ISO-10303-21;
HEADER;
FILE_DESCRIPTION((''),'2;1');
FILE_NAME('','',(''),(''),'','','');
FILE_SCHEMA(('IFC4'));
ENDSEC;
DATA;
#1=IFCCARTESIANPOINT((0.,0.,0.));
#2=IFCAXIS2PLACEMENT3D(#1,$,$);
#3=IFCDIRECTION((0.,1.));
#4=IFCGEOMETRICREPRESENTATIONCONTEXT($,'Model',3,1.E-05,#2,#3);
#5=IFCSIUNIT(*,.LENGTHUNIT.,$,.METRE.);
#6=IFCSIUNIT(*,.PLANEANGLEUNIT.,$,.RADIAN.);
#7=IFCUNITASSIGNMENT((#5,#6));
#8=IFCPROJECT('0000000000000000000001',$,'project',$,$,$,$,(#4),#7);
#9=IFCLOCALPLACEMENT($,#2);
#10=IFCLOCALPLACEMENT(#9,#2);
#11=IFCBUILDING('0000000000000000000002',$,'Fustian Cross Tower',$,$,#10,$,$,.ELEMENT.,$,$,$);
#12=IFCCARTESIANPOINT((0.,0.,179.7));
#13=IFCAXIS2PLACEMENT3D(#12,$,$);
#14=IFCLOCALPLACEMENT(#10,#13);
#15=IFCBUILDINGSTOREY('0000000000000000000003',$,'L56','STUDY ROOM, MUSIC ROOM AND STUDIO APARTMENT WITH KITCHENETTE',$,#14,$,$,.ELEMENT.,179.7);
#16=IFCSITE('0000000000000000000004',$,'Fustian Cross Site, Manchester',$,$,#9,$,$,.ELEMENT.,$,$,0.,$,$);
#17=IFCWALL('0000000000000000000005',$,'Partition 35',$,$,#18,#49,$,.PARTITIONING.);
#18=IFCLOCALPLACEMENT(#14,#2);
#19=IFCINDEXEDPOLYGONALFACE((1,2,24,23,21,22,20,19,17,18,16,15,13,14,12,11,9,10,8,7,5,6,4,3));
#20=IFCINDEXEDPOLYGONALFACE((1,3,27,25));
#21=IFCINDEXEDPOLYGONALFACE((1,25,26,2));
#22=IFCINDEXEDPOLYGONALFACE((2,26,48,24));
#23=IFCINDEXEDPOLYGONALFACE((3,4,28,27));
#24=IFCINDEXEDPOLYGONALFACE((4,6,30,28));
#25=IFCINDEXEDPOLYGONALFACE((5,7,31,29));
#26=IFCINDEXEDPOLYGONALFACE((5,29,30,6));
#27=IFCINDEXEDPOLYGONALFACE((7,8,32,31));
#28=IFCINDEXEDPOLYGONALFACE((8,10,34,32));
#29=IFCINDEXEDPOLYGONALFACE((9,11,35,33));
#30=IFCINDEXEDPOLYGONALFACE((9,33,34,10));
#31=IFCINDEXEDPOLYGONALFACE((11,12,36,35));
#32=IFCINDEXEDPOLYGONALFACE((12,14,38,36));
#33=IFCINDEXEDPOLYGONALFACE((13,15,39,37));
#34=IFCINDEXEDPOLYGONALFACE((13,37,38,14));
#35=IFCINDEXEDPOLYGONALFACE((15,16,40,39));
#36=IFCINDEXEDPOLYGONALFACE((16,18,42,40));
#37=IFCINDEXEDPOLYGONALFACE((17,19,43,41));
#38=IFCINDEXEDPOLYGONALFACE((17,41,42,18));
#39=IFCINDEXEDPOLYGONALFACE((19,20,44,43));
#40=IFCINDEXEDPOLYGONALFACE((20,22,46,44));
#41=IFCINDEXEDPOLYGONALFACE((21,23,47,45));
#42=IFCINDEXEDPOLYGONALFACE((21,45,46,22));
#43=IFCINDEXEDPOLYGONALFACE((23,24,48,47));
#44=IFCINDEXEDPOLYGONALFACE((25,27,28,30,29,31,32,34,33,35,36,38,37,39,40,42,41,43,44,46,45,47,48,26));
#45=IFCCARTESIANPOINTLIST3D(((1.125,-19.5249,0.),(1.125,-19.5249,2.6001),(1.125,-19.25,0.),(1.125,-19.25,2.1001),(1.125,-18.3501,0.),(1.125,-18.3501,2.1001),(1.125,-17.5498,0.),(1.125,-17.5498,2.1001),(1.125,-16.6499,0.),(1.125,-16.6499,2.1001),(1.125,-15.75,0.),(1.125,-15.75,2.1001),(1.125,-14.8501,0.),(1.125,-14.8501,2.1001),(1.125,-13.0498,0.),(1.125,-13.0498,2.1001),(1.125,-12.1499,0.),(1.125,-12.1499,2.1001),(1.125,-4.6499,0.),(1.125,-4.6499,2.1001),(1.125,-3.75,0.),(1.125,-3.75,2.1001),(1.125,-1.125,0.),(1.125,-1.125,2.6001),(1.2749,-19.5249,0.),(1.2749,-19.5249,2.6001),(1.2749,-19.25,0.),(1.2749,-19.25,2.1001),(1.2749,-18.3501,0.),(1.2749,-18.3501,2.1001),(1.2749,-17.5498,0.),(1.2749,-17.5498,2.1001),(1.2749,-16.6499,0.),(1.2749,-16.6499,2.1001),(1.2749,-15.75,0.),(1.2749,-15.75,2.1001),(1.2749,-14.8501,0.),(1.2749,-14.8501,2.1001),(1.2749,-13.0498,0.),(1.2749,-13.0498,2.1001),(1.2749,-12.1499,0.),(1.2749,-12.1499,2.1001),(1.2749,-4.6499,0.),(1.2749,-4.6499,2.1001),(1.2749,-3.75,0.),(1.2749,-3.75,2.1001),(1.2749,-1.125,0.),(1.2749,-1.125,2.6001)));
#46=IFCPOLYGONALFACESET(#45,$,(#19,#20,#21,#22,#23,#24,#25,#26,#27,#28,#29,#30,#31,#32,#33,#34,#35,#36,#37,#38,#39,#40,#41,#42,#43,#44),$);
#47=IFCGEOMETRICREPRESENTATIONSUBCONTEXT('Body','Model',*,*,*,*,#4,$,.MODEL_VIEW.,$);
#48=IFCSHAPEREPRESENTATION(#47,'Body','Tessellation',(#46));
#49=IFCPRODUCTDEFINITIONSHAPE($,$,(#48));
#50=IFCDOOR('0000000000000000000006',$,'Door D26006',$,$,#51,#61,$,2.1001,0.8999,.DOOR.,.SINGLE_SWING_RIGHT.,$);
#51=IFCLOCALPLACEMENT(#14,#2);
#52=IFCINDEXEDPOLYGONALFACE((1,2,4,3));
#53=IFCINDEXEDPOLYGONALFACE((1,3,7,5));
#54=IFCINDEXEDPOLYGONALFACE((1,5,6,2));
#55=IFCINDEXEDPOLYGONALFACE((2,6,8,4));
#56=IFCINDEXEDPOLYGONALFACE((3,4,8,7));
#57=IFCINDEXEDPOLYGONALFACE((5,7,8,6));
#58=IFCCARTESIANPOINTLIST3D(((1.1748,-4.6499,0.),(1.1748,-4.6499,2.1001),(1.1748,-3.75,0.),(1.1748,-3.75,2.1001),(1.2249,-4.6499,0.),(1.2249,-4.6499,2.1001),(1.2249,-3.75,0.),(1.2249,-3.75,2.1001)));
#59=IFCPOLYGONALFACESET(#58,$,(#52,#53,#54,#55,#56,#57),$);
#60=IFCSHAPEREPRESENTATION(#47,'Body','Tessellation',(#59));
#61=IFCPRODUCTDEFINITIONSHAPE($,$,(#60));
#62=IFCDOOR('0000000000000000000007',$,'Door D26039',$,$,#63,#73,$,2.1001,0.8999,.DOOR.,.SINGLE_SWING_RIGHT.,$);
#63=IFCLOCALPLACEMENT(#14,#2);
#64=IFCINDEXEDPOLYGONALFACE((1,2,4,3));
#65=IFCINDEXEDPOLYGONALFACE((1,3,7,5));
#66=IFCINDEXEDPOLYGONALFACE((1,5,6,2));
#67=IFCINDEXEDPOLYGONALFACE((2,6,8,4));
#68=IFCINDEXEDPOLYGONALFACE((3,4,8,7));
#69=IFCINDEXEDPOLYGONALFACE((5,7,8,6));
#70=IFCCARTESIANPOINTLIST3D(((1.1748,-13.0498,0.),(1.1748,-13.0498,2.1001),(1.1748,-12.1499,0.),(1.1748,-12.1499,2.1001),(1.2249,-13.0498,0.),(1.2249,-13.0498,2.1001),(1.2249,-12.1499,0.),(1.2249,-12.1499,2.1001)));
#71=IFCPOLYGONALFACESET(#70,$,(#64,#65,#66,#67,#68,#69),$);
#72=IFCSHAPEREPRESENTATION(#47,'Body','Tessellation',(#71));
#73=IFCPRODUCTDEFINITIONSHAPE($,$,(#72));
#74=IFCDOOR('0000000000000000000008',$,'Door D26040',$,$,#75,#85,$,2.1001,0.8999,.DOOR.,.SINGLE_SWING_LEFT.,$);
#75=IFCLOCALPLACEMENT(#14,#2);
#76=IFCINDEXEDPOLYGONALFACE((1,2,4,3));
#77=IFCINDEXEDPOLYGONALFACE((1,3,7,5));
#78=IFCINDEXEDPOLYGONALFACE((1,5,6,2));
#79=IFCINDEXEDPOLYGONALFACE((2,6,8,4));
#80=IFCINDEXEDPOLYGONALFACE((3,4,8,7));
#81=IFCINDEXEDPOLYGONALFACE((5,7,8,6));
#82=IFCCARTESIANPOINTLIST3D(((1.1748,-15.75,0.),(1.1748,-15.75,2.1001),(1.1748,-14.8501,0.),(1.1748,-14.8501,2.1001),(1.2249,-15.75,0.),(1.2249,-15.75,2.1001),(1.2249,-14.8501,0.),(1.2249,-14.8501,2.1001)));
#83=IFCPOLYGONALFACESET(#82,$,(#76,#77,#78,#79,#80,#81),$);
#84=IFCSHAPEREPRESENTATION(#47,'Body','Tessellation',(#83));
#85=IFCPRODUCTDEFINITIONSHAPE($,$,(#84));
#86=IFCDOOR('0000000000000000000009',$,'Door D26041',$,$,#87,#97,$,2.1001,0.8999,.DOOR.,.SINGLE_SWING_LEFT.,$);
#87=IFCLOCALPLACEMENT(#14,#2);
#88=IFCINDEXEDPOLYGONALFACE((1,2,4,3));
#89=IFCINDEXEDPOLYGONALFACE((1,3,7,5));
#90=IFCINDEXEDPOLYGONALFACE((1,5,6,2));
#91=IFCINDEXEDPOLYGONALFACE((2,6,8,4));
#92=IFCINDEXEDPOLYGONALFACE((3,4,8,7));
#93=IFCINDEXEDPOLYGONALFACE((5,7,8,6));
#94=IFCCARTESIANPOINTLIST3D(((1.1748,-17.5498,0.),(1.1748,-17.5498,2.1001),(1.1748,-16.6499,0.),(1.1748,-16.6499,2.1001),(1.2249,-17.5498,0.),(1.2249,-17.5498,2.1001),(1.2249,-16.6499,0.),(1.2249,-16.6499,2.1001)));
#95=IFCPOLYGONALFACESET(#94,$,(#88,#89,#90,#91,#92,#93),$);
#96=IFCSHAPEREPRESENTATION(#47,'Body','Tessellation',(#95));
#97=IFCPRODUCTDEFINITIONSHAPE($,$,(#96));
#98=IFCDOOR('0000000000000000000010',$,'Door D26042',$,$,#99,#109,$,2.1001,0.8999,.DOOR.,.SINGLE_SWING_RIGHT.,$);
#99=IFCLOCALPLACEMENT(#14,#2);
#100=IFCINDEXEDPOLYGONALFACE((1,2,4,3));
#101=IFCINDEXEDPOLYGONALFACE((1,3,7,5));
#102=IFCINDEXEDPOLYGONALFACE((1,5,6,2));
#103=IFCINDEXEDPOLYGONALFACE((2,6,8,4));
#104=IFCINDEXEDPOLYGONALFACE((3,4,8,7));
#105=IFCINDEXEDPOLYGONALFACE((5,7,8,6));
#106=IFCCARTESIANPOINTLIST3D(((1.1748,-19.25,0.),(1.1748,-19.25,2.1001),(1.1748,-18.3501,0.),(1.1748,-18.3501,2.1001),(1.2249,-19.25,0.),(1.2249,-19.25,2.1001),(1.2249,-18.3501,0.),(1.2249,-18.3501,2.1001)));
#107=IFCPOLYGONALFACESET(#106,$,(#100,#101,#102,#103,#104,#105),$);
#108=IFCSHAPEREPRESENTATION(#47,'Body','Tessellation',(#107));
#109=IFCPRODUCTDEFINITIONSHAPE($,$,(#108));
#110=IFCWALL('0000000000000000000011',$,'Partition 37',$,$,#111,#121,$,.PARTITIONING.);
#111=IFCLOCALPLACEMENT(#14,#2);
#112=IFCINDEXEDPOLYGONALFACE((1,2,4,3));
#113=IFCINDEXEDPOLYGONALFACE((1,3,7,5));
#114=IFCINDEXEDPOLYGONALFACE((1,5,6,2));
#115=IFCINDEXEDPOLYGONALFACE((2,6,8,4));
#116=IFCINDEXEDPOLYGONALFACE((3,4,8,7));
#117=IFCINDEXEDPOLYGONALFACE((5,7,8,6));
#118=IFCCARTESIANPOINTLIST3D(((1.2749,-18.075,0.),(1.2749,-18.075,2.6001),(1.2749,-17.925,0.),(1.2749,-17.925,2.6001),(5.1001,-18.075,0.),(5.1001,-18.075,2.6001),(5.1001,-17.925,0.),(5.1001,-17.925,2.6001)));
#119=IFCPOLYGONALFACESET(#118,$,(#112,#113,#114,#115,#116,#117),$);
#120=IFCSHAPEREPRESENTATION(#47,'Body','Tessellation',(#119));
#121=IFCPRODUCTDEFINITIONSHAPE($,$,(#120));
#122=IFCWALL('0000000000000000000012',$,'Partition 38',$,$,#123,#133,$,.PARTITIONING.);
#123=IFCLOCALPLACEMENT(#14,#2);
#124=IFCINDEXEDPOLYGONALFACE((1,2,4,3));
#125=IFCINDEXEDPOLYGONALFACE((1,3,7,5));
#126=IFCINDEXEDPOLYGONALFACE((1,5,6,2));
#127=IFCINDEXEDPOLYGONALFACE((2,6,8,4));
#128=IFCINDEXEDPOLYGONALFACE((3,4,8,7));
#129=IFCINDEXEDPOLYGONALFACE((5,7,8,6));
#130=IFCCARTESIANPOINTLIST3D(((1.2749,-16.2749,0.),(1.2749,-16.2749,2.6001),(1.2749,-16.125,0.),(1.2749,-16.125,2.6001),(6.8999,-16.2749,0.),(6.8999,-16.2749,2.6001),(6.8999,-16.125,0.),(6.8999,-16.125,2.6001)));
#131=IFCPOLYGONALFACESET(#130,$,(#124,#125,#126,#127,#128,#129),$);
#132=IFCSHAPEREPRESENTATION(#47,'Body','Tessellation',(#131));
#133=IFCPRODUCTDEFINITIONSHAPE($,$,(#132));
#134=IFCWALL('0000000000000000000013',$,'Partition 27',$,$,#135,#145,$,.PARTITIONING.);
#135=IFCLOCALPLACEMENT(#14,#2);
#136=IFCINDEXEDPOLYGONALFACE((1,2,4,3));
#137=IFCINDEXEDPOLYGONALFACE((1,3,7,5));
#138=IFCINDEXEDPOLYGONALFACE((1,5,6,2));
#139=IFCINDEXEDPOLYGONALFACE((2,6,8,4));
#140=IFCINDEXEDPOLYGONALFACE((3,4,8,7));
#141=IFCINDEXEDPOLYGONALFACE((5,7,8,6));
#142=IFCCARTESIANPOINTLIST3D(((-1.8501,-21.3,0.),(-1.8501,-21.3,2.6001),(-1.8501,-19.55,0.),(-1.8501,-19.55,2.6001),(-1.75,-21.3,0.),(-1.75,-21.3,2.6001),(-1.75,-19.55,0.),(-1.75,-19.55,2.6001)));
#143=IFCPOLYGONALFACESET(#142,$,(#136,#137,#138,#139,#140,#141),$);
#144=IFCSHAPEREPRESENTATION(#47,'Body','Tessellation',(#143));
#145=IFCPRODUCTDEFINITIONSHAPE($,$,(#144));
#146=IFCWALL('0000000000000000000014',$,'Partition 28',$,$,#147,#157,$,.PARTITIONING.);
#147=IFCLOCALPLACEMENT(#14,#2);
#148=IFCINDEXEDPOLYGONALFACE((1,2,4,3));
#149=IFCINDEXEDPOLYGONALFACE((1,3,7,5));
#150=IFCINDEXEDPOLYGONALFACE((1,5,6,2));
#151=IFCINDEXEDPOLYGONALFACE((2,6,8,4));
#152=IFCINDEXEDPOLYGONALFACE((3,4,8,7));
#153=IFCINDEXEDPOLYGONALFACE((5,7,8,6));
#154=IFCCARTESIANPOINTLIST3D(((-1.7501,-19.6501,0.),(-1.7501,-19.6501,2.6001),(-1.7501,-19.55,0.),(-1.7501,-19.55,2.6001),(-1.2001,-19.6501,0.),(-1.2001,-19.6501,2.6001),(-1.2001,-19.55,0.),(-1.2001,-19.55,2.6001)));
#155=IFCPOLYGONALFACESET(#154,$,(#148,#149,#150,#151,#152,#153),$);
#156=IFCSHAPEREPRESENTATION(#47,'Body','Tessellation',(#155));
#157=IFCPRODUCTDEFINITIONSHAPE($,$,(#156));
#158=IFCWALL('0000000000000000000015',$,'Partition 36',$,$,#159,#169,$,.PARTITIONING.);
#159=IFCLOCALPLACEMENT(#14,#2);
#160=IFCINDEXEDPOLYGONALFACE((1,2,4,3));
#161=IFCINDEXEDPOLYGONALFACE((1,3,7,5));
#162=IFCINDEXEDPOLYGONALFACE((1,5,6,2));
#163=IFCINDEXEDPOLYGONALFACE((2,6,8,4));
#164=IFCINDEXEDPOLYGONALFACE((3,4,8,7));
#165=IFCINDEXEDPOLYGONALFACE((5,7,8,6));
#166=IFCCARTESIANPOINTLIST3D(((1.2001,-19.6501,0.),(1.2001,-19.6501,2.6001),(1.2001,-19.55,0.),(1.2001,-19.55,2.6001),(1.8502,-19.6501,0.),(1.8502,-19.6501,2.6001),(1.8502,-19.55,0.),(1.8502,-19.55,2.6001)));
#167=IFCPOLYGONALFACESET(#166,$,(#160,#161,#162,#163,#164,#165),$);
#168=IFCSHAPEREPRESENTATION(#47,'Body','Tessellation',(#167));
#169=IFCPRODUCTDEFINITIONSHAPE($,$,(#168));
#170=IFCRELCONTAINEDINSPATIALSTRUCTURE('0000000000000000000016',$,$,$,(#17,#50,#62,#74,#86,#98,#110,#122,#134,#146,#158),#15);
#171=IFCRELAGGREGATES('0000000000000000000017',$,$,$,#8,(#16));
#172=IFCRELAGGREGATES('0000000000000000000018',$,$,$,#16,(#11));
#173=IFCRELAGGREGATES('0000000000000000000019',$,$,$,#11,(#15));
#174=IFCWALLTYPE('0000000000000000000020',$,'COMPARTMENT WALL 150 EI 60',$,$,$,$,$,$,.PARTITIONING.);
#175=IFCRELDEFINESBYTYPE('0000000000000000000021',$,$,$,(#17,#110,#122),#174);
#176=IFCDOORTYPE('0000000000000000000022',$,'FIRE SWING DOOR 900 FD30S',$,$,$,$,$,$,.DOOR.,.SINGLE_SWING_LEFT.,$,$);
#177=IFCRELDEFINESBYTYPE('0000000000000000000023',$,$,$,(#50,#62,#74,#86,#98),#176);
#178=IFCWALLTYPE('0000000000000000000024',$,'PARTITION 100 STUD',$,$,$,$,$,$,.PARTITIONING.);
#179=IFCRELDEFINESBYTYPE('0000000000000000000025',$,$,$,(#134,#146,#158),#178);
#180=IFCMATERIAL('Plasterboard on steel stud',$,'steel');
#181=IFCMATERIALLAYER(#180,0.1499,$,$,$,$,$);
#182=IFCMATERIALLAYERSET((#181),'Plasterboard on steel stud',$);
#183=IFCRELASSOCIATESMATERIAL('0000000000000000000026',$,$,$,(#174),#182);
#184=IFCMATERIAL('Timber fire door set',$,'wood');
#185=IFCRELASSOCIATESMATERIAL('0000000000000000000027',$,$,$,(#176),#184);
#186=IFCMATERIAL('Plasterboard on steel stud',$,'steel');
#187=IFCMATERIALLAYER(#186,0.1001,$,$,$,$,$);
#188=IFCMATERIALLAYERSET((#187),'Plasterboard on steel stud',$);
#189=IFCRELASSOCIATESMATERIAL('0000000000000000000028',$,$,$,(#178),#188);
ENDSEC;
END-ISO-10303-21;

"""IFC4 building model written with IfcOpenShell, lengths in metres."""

from ifc_helpers import new_model, si_unit, direction, frame, frame_2d, origin, place, context, subcontext, project, spatial, rectangle, extrude, material, layer, layer_set, type_object, element, fill, save


model = new_model("IFC4")

# Units and contexts
model_context = context("Model", 3, precision=1e-05, world=origin(), true_north=direction((0.0, 1.0)))
body_context = subcontext(model_context, "Body", "Model", "MODEL_VIEW")
ifc_project = project(units=[si_unit("LENGTHUNIT", "METRE"), si_unit("PLANEANGLEUNIT", "RADIAN")], contexts=[model_context])

# Site, building, storey
site_placement = place(None, origin())
site = spatial("IfcSite", under=ifc_project, at=site_placement, Name="Fustian Cross Site, Manchester", CompositionType="ELEMENT", RefElevation=0.0)
building_placement = place(site_placement, origin())
building = spatial("IfcBuilding", under=site, at=building_placement, Name="Fustian Cross Tower", CompositionType="ELEMENT")
storey_placement = place(building_placement, frame((0.0, 0.0, 179.7)))
storey = spatial("IfcBuildingStorey", under=building, at=storey_placement, Name="L56", Description="STUDY ROOM, MUSIC ROOM AND STUDIO APARTMENT WITH KITCHENETTE", CompositionType="ELEMENT", Elevation=179.7)

# Shared definitions
ifc_material_1 = material(Name="Plasterboard on steel stud", Category="steel")
ifc_layer_1 = layer(ifc_material_1, 0.1499)
ifc_layer_set_1 = layer_set([ifc_layer_1], Name="Plasterboard on steel stud")
wall_type_1 = type_object("IfcWallType", Name="COMPARTMENT WALL 150 EI 60", PredefinedType="PARTITIONING", material=ifc_layer_set_1)
ifc_material_2 = material(Name="Timber fire door set", Category="wood")
door_type_1 = type_object("IfcDoorType", Name="FIRE SWING DOOR 900 FD30S", OperationType="SINGLE_SWING_LEFT", PredefinedType="DOOR", material=ifc_material_2)

# Wall, openings, doors
wall_1_placement = place(storey_placement, frame((1.2, -19.5249, 0.0), z_axis=(0.0, 0.0, 1.0), x_axis=(0.0, 1.0, 0.0)))
wall_1 = element("IfcWall", 1, at=wall_1_placement, inside=storey, type_object=wall_type_1, Name="Partition 35", PredefinedType="PARTITIONING", context=body_context, shape_type="SweptSolid", body=[
    extrude(rectangle(XDim=18.3999, YDim=0.1499, at=frame_2d((9.2, 0.0))), origin(), (0.0, 0.0, 1.0), 2.6001),
])
opening_1_placement = place(wall_1_placement, frame((14.875, 0.0, 0.0)))
opening_1 = element("IfcOpeningElement", 2, at=opening_1_placement, cuts=wall_1, PredefinedType="OPENING", context=body_context, shape_type="SweptSolid", body=[
    extrude(rectangle(XDim=0.8999, YDim=2.1001, at=frame_2d((0.45, 1.05))), frame((0.0, 0.085, 0.0), z_axis=(0.0, -1.0, 0.0), x_axis=(1.0, 0.0, 0.0)), (0.0, 0.0, 1.0), 0.1699),
])
opening_2_placement = place(wall_1_placement, frame((6.4751, 0.0, 0.0)))
opening_2 = element("IfcOpeningElement", 3, at=opening_2_placement, cuts=wall_1, PredefinedType="OPENING", context=body_context, shape_type="SweptSolid", body=[
    extrude(rectangle(XDim=0.8999, YDim=2.1001, at=frame_2d((0.45, 1.05))), frame((0.0, 0.085, 0.0), z_axis=(0.0, -1.0, 0.0), x_axis=(1.0, 0.0, 0.0)), (0.0, 0.0, 1.0), 0.1699),
])
opening_3_placement = place(wall_1_placement, frame((3.7749, 0.0, 0.0)))
opening_3 = element("IfcOpeningElement", 4, at=opening_3_placement, cuts=wall_1, PredefinedType="OPENING", context=body_context, shape_type="SweptSolid", body=[
    extrude(rectangle(XDim=0.8999, YDim=2.1001, at=frame_2d((0.45, 1.05))), frame((0.0, 0.085, 0.0), z_axis=(0.0, -1.0, 0.0), x_axis=(1.0, 0.0, 0.0)), (0.0, 0.0, 1.0), 0.1699),
])
opening_4_placement = place(wall_1_placement, frame((1.9751, 0.0, 0.0)))
opening_4 = element("IfcOpeningElement", 5, at=opening_4_placement, cuts=wall_1, PredefinedType="OPENING", context=body_context, shape_type="SweptSolid", body=[
    extrude(rectangle(XDim=0.8999, YDim=2.1001, at=frame_2d((0.45, 1.05))), frame((0.0, 0.085, 0.0), z_axis=(0.0, -1.0, 0.0), x_axis=(1.0, 0.0, 0.0)), (0.0, 0.0, 1.0), 0.1699),
])
opening_5_placement = place(wall_1_placement, frame((0.2749, 0.0, 0.0)))
opening_5 = element("IfcOpeningElement", 6, at=opening_5_placement, cuts=wall_1, PredefinedType="OPENING", context=body_context, shape_type="SweptSolid", body=[
    extrude(rectangle(XDim=0.8999, YDim=2.1001, at=frame_2d((0.45, 1.05))), frame((0.0, 0.085, 0.0), z_axis=(0.0, -1.0, 0.0), x_axis=(1.0, 0.0, 0.0)), (0.0, 0.0, 1.0), 0.1699),
])
door_1_placement = place(opening_1_placement, frame((0.8999, 0.0, 0.0), z_axis=(0.0, 0.0, 1.0), x_axis=(-1.0, 0.0, 0.0)))
door_1 = element("IfcDoor", 7, at=door_1_placement, inside=storey, type_object=door_type_1, Name="Door D26006", OperationType="SINGLE_SWING_RIGHT", OverallHeight=2.1001, OverallWidth=0.8999, PredefinedType="DOOR", context=body_context, shape_type="SweptSolid", body=[
    extrude(rectangle(XDim=0.8999, YDim=2.1001, at=frame_2d((0.45, 1.05))), frame((0.0, 0.0249, 0.0), z_axis=(0.0, -1.0, 0.0), x_axis=(1.0, 0.0, 0.0)), (0.0, 0.0, 1.0), 0.05),
])
fill(opening_1, door_1)
door_2_placement = place(opening_2_placement, frame((0.8999, 0.0, 0.0), z_axis=(0.0, 0.0, 1.0), x_axis=(-1.0, 0.0, 0.0)))
door_2 = element("IfcDoor", 8, at=door_2_placement, inside=storey, type_object=door_type_1, Name="Door D26039", OperationType="SINGLE_SWING_RIGHT", OverallHeight=2.1001, OverallWidth=0.8999, PredefinedType="DOOR", context=body_context, shape_type="SweptSolid", body=[
    extrude(rectangle(XDim=0.8999, YDim=2.1001, at=frame_2d((0.45, 1.05))), frame((0.0, 0.0249, 0.0), z_axis=(0.0, -1.0, 0.0), x_axis=(1.0, 0.0, 0.0)), (0.0, 0.0, 1.0), 0.05),
])
fill(opening_2, door_2)
door_3_placement = place(opening_3_placement, frame((0.8999, 0.0, 0.0), z_axis=(0.0, 0.0, 1.0), x_axis=(-1.0, 0.0, 0.0)))
door_3 = element("IfcDoor", 9, at=door_3_placement, inside=storey, type_object=door_type_1, Name="Door D26040", OperationType="SINGLE_SWING_LEFT", OverallHeight=2.1001, OverallWidth=0.8999, PredefinedType="DOOR", context=body_context, shape_type="SweptSolid", body=[
    extrude(rectangle(XDim=0.8999, YDim=2.1001, at=frame_2d((0.45, 1.05))), frame((0.0, 0.0249, 0.0), z_axis=(0.0, -1.0, 0.0), x_axis=(1.0, 0.0, 0.0)), (0.0, 0.0, 1.0), 0.05),
])
fill(opening_3, door_3)
door_4_placement = place(opening_4_placement, frame((0.8999, 0.0, 0.0), z_axis=(0.0, 0.0, 1.0), x_axis=(-1.0, 0.0, 0.0)))
door_4 = element("IfcDoor", 10, at=door_4_placement, inside=storey, type_object=door_type_1, Name="Door D26041", OperationType="SINGLE_SWING_LEFT", OverallHeight=2.1001, OverallWidth=0.8999, PredefinedType="DOOR", context=body_context, shape_type="SweptSolid", body=[
    extrude(rectangle(XDim=0.8999, YDim=2.1001, at=frame_2d((0.45, 1.05))), frame((0.0, 0.0249, 0.0), z_axis=(0.0, -1.0, 0.0), x_axis=(1.0, 0.0, 0.0)), (0.0, 0.0, 1.0), 0.05),
])
fill(opening_4, door_4)
door_5_placement = place(opening_5_placement, frame((0.8999, 0.0, 0.0), z_axis=(0.0, 0.0, 1.0), x_axis=(-1.0, 0.0, 0.0)))
door_5 = element("IfcDoor", 11, at=door_5_placement, inside=storey, type_object=door_type_1, Name="Door D26042", OperationType="SINGLE_SWING_RIGHT", OverallHeight=2.1001, OverallWidth=0.8999, PredefinedType="DOOR", context=body_context, shape_type="SweptSolid", body=[
    extrude(rectangle(XDim=0.8999, YDim=2.1001, at=frame_2d((0.45, 1.05))), frame((0.0, 0.0249, 0.0), z_axis=(0.0, -1.0, 0.0), x_axis=(1.0, 0.0, 0.0)), (0.0, 0.0, 1.0), 0.05),
])
fill(opening_5, door_5)

# Walls
wall_2_placement = place(storey_placement, frame((1.2749, -18.0, 0.0), z_axis=(0.0, 0.0, 1.0), x_axis=(1.0, 0.0, 0.0)))
element("IfcWall", 12, at=wall_2_placement, inside=storey, type_object=wall_type_1, Name="Partition 37", PredefinedType="PARTITIONING", context=body_context, shape_type="SweptSolid", body=[
    extrude(rectangle(XDim=3.8252, YDim=0.1499, at=frame_2d((1.9126, 0.0))), origin(), (0.0, 0.0, 1.0), 2.6001),
])
wall_3_placement = place(storey_placement, frame((1.2749, -16.2, 0.0), z_axis=(0.0, 0.0, 1.0), x_axis=(1.0, 0.0, 0.0)))
element("IfcWall", 13, at=wall_3_placement, inside=storey, type_object=wall_type_1, Name="Partition 38", PredefinedType="PARTITIONING", context=body_context, shape_type="SweptSolid", body=[
    extrude(rectangle(XDim=5.625, YDim=0.1499, at=frame_2d((2.8125, 0.0))), origin(), (0.0, 0.0, 1.0), 2.6001),
])
ifc_material_3 = material(Name="Plasterboard on steel stud", Category="steel")
ifc_layer_2 = layer(ifc_material_3, 0.1001)
ifc_layer_set_2 = layer_set([ifc_layer_2], Name="Plasterboard on steel stud")
wall_type_2 = type_object("IfcWallType", Name="PARTITION 100 STUD", PredefinedType="PARTITIONING", material=ifc_layer_set_2)
wall_4_placement = place(storey_placement, frame((-1.8, -21.3, 0.0), z_axis=(0.0, 0.0, 1.0), x_axis=(0.0, 1.0, 0.0)))
element("IfcWall", 14, at=wall_4_placement, inside=storey, type_object=wall_type_2, Name="Partition 27", PredefinedType="PARTITIONING", context=body_context, shape_type="SweptSolid", body=[
    extrude(rectangle(XDim=1.75, YDim=0.1001, at=frame_2d((0.875, 0.0))), origin(), (0.0, 0.0, 1.0), 2.6001),
])
wall_5_placement = place(storey_placement, frame((-1.75, -19.6001, 0.0), z_axis=(0.0, 0.0, 1.0), x_axis=(1.0, 0.0, 0.0)))
element("IfcWall", 15, at=wall_5_placement, inside=storey, type_object=wall_type_2, Name="Partition 28", PredefinedType="PARTITIONING", context=body_context, shape_type="SweptSolid", body=[
    extrude(rectangle(XDim=0.55, YDim=0.1001, at=frame_2d((0.2749, 0.0))), origin(), (0.0, 0.0, 1.0), 2.6001),
])
wall_6_placement = place(storey_placement, frame((1.2, -19.6001, 0.0), z_axis=(0.0, 0.0, 1.0), x_axis=(1.0, 0.0, 0.0)))
element("IfcWall", 16, at=wall_6_placement, inside=storey, type_object=wall_type_2, Name="Partition 36", PredefinedType="PARTITIONING", context=body_context, shape_type="SweptSolid", body=[
    extrude(rectangle(XDim=0.6501, YDim=0.1001, at=frame_2d((0.3252, 0.0))), origin(), (0.0, 0.0, 1.0), 2.6001),
])

save(model, "model.ifc")
